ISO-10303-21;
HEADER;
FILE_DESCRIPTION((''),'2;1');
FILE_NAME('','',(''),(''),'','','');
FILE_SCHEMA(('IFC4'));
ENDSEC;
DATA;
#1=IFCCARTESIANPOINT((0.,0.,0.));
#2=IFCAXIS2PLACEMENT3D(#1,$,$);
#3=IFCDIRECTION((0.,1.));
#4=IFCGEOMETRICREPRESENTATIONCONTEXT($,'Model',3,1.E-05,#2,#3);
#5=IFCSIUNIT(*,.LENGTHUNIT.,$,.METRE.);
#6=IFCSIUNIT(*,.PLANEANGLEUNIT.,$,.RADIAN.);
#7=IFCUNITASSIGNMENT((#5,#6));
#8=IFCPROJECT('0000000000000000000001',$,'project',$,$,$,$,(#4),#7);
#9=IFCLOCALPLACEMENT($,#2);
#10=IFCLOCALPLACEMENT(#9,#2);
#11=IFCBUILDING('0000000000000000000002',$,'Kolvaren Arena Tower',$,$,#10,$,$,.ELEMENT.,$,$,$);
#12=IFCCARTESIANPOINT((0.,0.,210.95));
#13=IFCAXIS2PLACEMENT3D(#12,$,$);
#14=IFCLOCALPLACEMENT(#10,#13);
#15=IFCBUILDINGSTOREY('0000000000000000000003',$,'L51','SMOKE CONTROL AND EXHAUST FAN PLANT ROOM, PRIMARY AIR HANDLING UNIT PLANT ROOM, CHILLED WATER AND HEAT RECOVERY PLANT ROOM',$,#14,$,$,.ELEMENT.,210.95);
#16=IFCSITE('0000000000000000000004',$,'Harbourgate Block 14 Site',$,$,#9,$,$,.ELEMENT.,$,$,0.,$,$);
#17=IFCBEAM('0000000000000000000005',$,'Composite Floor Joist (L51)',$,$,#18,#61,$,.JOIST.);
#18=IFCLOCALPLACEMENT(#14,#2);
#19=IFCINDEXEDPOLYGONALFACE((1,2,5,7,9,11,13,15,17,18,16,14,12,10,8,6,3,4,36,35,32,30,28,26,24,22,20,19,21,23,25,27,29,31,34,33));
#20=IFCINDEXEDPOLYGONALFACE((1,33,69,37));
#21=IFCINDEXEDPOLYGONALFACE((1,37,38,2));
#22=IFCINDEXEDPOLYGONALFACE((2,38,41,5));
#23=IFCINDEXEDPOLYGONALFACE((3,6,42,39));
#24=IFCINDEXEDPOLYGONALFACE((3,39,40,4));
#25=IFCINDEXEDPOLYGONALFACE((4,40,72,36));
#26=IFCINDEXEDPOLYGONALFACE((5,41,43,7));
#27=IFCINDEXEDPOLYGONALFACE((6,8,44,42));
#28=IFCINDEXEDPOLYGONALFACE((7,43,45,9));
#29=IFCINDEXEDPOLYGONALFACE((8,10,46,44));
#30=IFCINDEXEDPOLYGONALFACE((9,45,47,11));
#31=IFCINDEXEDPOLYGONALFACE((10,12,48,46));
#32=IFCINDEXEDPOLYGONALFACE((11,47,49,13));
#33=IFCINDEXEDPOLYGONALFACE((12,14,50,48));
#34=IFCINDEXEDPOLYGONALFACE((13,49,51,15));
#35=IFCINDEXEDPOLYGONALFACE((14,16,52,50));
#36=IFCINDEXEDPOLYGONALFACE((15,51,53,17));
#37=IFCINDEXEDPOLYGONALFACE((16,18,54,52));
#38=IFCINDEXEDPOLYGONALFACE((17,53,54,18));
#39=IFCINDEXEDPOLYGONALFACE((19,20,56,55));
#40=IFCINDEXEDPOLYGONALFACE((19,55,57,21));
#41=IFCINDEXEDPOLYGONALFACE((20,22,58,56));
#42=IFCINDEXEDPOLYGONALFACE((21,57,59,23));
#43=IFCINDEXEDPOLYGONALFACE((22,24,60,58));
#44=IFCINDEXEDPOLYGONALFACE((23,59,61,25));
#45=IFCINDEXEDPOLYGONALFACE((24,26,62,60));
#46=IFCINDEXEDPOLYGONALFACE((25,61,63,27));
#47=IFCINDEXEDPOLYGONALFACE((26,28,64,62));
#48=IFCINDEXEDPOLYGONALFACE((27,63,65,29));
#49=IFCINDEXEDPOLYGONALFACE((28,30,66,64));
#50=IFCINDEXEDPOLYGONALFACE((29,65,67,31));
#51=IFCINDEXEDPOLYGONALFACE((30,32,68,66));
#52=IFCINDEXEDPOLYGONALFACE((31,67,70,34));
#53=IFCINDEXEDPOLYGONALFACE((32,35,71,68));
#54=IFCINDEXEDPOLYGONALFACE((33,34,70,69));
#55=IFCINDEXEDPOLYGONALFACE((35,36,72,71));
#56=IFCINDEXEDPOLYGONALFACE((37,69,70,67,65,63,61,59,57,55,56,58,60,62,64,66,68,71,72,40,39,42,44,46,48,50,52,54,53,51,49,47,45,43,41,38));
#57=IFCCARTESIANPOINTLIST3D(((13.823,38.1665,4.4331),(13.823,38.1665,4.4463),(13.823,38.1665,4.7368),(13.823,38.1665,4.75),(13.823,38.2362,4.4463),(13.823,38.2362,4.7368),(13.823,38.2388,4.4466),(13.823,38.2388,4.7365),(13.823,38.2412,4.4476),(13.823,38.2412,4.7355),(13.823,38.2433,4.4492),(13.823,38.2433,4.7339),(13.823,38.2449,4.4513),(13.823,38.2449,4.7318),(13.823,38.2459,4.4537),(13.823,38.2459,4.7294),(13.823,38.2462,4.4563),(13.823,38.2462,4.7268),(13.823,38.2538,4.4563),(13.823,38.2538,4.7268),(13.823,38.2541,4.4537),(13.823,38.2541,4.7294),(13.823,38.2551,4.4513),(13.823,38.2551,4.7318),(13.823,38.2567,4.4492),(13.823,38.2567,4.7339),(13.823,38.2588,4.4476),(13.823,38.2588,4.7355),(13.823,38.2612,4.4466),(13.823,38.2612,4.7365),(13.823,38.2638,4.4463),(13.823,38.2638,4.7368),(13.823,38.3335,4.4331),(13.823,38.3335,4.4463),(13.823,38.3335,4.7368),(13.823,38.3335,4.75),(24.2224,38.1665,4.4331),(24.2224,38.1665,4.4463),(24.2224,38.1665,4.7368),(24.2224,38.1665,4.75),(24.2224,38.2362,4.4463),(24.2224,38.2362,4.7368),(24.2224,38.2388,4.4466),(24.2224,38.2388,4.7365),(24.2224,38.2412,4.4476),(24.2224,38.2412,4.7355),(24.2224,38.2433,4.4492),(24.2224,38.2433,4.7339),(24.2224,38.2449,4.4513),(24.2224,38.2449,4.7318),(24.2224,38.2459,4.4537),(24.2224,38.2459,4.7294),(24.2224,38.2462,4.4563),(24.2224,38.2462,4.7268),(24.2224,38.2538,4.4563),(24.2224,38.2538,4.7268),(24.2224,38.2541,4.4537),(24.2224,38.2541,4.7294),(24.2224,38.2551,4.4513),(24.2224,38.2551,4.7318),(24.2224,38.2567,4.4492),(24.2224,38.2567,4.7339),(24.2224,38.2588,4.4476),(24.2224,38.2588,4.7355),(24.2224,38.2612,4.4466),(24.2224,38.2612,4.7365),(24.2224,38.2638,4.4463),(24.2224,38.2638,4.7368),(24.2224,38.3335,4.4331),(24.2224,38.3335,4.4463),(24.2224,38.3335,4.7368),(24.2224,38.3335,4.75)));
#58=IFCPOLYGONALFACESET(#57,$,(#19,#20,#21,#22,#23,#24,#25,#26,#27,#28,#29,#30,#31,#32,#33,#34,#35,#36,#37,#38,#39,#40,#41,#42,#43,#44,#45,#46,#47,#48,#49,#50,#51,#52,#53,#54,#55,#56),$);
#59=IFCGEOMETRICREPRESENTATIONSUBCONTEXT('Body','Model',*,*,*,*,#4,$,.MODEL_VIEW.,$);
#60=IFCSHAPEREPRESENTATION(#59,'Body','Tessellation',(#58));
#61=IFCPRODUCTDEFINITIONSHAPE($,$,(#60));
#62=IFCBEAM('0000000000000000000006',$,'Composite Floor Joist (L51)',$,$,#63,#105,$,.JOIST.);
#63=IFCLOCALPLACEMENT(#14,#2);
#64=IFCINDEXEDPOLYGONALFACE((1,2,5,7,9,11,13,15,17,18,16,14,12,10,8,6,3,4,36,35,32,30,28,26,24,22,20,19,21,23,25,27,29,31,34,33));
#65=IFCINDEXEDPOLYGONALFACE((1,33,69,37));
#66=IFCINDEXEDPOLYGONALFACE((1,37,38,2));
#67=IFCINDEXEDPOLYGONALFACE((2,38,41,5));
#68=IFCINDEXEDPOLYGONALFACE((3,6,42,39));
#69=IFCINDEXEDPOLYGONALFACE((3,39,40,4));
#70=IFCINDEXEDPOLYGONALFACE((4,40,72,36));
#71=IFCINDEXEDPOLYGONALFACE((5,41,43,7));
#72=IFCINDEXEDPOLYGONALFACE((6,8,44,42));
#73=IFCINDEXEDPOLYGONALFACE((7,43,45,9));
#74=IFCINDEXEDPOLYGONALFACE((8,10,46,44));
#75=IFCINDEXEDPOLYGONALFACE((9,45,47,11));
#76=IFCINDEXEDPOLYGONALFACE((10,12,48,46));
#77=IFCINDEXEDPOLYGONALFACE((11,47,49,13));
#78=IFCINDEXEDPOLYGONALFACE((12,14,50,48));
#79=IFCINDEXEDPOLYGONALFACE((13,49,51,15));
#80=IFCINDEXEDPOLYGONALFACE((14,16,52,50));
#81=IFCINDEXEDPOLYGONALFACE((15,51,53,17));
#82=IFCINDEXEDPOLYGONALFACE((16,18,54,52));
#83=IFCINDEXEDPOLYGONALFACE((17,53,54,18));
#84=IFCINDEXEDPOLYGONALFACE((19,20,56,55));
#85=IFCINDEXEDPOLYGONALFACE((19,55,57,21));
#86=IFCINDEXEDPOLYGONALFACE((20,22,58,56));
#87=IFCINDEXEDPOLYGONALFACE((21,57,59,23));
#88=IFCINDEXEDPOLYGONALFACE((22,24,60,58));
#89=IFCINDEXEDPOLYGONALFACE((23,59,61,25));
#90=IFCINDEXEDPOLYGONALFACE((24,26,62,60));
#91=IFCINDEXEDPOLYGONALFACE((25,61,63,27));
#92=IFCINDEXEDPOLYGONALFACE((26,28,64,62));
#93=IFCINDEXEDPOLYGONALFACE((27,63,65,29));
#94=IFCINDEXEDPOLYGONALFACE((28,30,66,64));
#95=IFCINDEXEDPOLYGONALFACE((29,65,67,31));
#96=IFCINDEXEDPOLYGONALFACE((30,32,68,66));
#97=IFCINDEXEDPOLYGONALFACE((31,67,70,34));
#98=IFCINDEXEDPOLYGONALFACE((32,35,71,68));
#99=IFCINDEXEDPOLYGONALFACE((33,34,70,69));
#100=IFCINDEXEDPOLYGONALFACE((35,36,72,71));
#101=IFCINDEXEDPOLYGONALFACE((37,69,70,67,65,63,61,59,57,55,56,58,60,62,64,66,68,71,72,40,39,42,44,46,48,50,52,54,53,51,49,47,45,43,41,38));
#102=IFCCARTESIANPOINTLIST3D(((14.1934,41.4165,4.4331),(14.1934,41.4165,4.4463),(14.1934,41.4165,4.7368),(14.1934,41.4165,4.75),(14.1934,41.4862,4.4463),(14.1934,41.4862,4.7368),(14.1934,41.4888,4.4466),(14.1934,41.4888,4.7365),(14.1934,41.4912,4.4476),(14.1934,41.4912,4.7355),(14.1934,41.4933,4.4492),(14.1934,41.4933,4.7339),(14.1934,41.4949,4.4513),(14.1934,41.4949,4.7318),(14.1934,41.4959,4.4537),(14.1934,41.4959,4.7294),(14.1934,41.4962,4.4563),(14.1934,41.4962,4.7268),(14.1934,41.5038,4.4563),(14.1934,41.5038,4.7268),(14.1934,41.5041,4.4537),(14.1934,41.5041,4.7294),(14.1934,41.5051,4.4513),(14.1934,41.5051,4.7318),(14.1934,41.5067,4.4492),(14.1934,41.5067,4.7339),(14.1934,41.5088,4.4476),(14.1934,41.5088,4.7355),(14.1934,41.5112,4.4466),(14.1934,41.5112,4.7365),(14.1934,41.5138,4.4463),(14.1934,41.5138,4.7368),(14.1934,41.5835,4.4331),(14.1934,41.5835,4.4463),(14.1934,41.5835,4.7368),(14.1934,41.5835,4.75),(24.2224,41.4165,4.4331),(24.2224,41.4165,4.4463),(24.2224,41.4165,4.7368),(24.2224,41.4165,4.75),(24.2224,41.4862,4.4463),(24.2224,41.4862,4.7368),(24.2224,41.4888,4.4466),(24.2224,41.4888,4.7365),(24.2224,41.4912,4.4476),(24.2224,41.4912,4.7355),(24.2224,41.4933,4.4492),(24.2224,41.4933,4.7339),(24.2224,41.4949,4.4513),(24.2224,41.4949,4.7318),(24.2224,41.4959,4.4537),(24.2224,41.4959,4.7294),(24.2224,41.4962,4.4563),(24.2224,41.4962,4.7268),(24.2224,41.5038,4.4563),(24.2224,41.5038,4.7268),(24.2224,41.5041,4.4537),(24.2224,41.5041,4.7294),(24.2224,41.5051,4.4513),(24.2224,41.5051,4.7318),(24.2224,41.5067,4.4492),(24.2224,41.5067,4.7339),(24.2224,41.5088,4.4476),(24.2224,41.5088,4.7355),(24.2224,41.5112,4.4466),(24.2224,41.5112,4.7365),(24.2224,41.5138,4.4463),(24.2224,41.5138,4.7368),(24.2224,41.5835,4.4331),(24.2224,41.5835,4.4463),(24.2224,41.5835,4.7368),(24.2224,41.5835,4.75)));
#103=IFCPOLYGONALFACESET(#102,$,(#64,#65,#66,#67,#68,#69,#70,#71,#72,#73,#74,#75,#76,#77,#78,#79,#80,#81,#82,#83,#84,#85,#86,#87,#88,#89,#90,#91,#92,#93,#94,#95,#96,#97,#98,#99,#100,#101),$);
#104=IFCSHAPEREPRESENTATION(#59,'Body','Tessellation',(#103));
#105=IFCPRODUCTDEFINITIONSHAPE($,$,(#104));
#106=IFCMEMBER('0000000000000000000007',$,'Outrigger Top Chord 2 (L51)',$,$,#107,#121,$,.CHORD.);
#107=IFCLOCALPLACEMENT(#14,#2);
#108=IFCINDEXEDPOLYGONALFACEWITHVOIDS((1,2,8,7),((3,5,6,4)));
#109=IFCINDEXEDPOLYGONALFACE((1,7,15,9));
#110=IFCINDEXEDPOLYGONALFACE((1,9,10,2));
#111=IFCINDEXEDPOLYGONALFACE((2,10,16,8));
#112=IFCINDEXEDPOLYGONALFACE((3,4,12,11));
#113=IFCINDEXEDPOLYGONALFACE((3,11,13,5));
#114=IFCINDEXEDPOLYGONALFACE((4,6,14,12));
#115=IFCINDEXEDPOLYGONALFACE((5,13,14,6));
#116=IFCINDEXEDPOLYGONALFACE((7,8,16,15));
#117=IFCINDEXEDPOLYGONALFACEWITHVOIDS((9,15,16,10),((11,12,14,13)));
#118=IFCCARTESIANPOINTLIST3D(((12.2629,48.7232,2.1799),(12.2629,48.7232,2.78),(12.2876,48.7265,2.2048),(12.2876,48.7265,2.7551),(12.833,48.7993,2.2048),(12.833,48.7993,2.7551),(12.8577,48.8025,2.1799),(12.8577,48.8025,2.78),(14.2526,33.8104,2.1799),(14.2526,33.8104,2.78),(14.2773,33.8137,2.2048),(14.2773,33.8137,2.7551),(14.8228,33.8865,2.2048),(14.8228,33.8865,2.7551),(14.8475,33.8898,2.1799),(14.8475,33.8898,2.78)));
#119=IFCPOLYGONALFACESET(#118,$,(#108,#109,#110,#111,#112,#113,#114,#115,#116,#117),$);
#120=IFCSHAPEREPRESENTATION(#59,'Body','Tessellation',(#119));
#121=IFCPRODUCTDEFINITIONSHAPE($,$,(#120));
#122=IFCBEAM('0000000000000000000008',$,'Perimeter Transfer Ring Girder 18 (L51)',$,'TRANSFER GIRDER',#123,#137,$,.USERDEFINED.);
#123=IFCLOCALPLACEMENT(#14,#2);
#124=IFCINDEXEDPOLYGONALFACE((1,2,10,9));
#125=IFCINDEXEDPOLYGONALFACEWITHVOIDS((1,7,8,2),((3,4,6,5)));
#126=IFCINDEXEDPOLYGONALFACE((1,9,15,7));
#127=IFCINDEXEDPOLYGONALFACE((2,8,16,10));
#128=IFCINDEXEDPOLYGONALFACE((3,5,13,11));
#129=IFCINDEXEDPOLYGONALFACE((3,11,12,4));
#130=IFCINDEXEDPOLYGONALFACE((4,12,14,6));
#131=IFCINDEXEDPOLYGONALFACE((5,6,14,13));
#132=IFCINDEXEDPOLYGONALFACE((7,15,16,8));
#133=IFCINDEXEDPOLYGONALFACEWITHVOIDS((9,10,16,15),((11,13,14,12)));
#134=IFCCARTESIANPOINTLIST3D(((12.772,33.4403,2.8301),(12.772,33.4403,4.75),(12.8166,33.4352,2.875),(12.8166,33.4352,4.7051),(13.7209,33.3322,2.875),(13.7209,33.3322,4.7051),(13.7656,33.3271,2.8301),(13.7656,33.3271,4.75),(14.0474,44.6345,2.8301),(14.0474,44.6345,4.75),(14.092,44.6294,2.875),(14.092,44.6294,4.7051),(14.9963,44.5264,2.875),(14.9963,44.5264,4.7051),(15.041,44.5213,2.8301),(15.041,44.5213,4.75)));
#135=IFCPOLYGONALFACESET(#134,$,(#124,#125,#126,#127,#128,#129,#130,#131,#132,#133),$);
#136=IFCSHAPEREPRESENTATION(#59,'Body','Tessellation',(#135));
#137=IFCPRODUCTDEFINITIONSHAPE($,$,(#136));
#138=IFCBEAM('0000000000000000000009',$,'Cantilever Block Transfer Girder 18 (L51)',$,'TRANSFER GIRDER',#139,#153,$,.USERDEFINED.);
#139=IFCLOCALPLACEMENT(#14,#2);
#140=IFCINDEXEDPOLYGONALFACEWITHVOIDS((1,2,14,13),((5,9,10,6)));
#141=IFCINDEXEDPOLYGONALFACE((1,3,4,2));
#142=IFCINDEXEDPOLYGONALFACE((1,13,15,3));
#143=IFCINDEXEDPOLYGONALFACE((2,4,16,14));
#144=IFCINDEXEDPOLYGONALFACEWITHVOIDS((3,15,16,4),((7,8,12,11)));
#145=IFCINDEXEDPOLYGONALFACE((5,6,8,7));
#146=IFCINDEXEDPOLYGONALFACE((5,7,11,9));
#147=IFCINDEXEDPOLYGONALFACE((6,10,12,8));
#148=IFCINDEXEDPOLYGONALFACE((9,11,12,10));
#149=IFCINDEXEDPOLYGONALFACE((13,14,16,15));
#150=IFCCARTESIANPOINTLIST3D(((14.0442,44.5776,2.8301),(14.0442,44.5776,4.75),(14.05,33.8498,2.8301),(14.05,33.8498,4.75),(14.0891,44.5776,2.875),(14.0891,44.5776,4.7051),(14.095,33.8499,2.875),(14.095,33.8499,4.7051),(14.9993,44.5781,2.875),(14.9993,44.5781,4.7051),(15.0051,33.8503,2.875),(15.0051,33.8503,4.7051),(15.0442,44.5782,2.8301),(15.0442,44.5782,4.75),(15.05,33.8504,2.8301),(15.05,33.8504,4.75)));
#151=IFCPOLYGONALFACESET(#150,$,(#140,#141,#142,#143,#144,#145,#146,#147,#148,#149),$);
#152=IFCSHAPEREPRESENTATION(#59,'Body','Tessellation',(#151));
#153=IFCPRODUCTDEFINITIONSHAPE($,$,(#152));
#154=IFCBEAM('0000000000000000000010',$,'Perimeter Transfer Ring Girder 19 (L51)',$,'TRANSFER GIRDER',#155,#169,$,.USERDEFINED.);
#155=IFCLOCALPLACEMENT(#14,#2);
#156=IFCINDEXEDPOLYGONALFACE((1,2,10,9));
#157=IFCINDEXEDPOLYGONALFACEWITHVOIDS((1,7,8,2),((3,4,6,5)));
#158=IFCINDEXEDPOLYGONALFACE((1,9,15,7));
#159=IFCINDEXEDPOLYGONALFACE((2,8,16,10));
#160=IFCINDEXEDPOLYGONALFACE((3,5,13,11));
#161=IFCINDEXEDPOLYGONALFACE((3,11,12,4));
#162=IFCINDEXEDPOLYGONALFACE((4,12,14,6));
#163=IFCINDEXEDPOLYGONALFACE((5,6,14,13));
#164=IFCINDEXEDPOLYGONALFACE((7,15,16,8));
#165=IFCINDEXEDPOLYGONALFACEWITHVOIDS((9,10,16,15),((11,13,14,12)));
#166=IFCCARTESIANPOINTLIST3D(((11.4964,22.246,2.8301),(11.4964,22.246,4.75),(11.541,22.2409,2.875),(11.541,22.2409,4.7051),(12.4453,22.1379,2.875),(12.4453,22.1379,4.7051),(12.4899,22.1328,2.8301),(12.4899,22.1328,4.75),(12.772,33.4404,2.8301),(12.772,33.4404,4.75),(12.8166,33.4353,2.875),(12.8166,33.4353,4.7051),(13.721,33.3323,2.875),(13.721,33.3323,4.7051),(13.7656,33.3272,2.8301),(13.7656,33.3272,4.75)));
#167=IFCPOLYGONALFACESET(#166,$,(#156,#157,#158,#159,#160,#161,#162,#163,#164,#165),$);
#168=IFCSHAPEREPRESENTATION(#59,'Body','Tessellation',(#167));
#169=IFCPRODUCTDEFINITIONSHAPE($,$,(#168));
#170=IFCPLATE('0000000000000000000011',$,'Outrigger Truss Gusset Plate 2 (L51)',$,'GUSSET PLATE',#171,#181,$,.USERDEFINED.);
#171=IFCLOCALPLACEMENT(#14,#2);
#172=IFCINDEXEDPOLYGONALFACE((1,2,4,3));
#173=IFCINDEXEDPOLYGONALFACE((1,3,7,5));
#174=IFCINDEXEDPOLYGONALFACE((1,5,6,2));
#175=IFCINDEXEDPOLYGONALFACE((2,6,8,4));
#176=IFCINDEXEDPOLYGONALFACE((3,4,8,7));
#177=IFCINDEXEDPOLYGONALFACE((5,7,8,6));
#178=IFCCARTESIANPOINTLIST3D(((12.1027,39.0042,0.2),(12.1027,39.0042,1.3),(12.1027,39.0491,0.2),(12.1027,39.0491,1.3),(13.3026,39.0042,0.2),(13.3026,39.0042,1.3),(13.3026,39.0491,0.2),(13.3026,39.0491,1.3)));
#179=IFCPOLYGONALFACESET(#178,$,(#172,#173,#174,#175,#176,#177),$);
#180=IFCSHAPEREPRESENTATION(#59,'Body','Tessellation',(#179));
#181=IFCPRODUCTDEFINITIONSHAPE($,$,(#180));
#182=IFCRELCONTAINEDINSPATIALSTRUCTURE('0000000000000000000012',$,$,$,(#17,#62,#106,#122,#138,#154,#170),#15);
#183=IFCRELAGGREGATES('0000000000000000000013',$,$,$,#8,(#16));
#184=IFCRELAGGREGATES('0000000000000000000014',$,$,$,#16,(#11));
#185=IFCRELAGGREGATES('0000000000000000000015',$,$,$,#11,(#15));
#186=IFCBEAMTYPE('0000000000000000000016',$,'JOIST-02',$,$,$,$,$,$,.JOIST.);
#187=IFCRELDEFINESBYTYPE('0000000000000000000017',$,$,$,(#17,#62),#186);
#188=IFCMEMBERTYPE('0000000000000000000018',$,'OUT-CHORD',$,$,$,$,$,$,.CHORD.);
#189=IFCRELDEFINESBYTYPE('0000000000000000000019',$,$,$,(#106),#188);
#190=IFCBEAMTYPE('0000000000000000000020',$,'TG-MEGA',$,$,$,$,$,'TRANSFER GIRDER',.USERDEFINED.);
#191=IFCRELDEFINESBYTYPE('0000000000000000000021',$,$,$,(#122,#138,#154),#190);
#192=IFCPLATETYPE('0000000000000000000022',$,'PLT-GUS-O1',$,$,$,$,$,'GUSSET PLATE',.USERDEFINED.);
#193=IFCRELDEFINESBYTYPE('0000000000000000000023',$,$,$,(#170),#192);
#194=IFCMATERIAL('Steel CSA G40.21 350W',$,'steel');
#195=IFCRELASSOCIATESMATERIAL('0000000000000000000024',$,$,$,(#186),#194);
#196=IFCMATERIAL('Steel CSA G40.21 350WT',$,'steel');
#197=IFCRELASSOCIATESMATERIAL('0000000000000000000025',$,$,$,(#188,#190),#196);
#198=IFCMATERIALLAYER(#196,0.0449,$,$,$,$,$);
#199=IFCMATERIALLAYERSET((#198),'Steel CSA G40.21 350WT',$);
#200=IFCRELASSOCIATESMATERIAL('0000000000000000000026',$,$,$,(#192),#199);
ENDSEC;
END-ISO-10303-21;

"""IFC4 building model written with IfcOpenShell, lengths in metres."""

from ifc_helpers import new_model, si_unit, direction, frame, origin, origin_2d, place, context, subcontext, project, spatial, rectangle, hollow_rectangle, i_section, extrude, material, layer, layer_set, material_profile, profile_set, type_object, element, save


model = new_model("IFC4")

# Units and contexts
model_context = context("Model", 3, precision=1e-05, world=origin(), true_north=direction((0.0, 1.0)))
body_context = subcontext(model_context, "Body", "Model", "MODEL_VIEW")
ifc_project = project(units=[si_unit("LENGTHUNIT", "METRE"), si_unit("PLANEANGLEUNIT", "RADIAN")], contexts=[model_context])

# Site, building, storey
site_placement = place(None, origin())
site = spatial("IfcSite", under=ifc_project, at=site_placement, Name="Harbourgate Block 14 Site", CompositionType="ELEMENT", RefElevation=0.0)
building_placement = place(site_placement, origin())
building = spatial("IfcBuilding", under=site, at=building_placement, Name="Kolvaren Arena Tower", CompositionType="ELEMENT")
storey_placement = place(building_placement, frame((0.0, 0.0, 210.95)))
storey = spatial("IfcBuildingStorey", under=building, at=storey_placement, Name="L51", Description="SMOKE CONTROL AND EXHAUST FAN PLANT ROOM, PRIMARY AIR HANDLING UNIT PLANT ROOM, CHILLED WATER AND HEAT RECOVERY PLANT ROOM", CompositionType="ELEMENT", Elevation=210.95)

# Shared definitions
ifc_material_1 = material(Name="Steel CSA G40.21 350WT", Category="steel")

# Beams
ifc_material_2 = material(Name="Steel CSA G40.21 350W", Category="steel")
ifc_material_profile_1 = material_profile(ifc_material_2, i_section(OverallWidth=0.167, OverallDepth=0.3169, WebThickness=0.0076, FlangeThickness=0.0132, FilletRadius=0.01, at=origin_2d()), Name="W310x52")
ifc_profile_set_1 = profile_set([ifc_material_profile_1], Name="Steel CSA G40.21 350W")
beam_type_1 = type_object("IfcBeamType", Name="JOIST-02", PredefinedType="JOIST", material=ifc_profile_set_1)
beam_1_placement = place(storey_placement, frame((13.823, 38.25, 4.5916), z_axis=(1.0, 0.0, 0.0), x_axis=(0.0, 1.0, 0.0)))
element("IfcBeam", 1, at=beam_1_placement, inside=storey, type_object=beam_type_1, Name="Composite Floor Joist (L51)", PredefinedType="JOIST", context=body_context, shape_type="SweptSolid", body=[
    extrude(i_section(OverallWidth=0.167, OverallDepth=0.3169, WebThickness=0.0076, FlangeThickness=0.0132, FilletRadius=0.01, at=origin_2d()), origin(), (0.0, 0.0, 1.0), 10.3994),
])
beam_2_placement = place(storey_placement, frame((14.1934, 41.5, 4.5916), z_axis=(1.0, 0.0, 0.0), x_axis=(0.0, 1.0, 0.0)))
element("IfcBeam", 2, at=beam_2_placement, inside=storey, type_object=beam_type_1, Name="Composite Floor Joist (L51)", PredefinedType="JOIST", context=body_context, shape_type="SweptSolid", body=[
    extrude(i_section(OverallWidth=0.167, OverallDepth=0.3169, WebThickness=0.0076, FlangeThickness=0.0132, FilletRadius=0.01, at=origin_2d()), origin(), (0.0, 0.0, 1.0), 10.0291),
])

# Member
ifc_material_profile_2 = material_profile(ifc_material_1, hollow_rectangle(XDim=0.6001, YDim=0.6001, WallThickness=0.0249, at=origin_2d()), Name="HSS 600x600x25")
ifc_profile_set_2 = profile_set([ifc_material_profile_2], Name="Steel CSA G40.21 350WT")
member_type_1 = type_object("IfcMemberType", Name="OUT-CHORD", PredefinedType="CHORD", material=ifc_profile_set_2)
member_1_placement = place(storey_placement, frame((14.55, 33.8501, 2.48), z_axis=(-0.132253, 0.991216, 0.0), x_axis=(-0.991216, -0.132253, 0.0)))
element("IfcMember", 3, at=member_1_placement, inside=storey, type_object=member_type_1, Name="Outrigger Top Chord 2 (L51)", PredefinedType="CHORD", context=body_context, shape_type="SweptSolid", body=[
    extrude(hollow_rectangle(XDim=0.6001, YDim=0.6001, WallThickness=0.0249, at=origin_2d()), origin(), (0.0, 0.0, 1.0), 15.0449),
])

# Beams
ifc_material_profile_3 = material_profile(ifc_material_1, hollow_rectangle(XDim=1.0, YDim=1.9199, WallThickness=0.0449, at=origin_2d()), Name="BOX 1000x1920x45")
ifc_profile_set_3 = profile_set([ifc_material_profile_3], Name="Steel CSA G40.21 350WT")
beam_type_2 = type_object("IfcBeamType", Name="TG-MEGA", ElementType="TRANSFER GIRDER", PredefinedType="USERDEFINED", material=ifc_profile_set_3)
beam_3_placement = place(storey_placement, frame((14.5442, 44.5779, 3.79), z_axis=(-0.113202, -0.993572, 0.0), x_axis=(0.993572, -0.113202, 0.0)))
element("IfcBeam", 4, at=beam_3_placement, inside=storey, type_object=beam_type_2, Name="Perimeter Transfer Ring Girder 18 (L51)", ObjectType="TRANSFER GIRDER", PredefinedType="USERDEFINED", context=body_context, shape_type="SweptSolid", body=[
    extrude(hollow_rectangle(XDim=1.0, YDim=1.9199, WallThickness=0.0449, at=origin_2d()), origin(), (0.0, 0.0, 1.0), 11.2666),
])
beam_4_placement = place(storey_placement, frame((14.5442, 44.5779, 3.79), z_axis=(0.000546, -1.0, 0.0), x_axis=(1.0, 0.000546, 0.0)))
element("IfcBeam", 5, at=beam_4_placement, inside=storey, type_object=beam_type_2, Name="Cantilever Block Transfer Girder 18 (L51)", ObjectType="TRANSFER GIRDER", PredefinedType="USERDEFINED", context=body_context, shape_type="SweptSolid", body=[
    extrude(hollow_rectangle(XDim=1.0, YDim=1.9199, WallThickness=0.0449, at=origin_2d()), origin(), (0.0, 0.0, 1.0), 10.7278),
])
beam_5_placement = place(storey_placement, frame((13.2688, 33.3838, 3.79), z_axis=(-0.113221, -0.99357, 0.0), x_axis=(0.99357, -0.113221, 0.0)))
element("IfcBeam", 6, at=beam_5_placement, inside=storey, type_object=beam_type_2, Name="Perimeter Transfer Ring Girder 19 (L51)", ObjectType="TRANSFER GIRDER", PredefinedType="USERDEFINED", context=body_context, shape_type="SweptSolid", body=[
    extrude(hollow_rectangle(XDim=1.0, YDim=1.9199, WallThickness=0.0449, at=origin_2d()), origin(), (0.0, 0.0, 1.0), 11.2668),
])

# Plate
ifc_layer_1 = layer(ifc_material_1, 0.0449)
ifc_layer_set_1 = layer_set([ifc_layer_1], Name="Steel CSA G40.21 350WT")
plate_type = type_object("IfcPlateType", Name="PLT-GUS-O1", ElementType="GUSSET PLATE", PredefinedType="USERDEFINED", material=ifc_layer_set_1)
plate_placement = place(storey_placement, frame((12.7026, 39.0266, 0.2), z_axis=(0.0, 0.0, 1.0), x_axis=(1.0, 0.0, 0.0)))
element("IfcPlate", 7, at=plate_placement, inside=storey, type_object=plate_type, Name="Outrigger Truss Gusset Plate 2 (L51)", ObjectType="GUSSET PLATE", PredefinedType="USERDEFINED", context=body_context, shape_type="SweptSolid", body=[
    extrude(rectangle(XDim=1.2, YDim=0.0449, at=origin_2d()), origin(), (0.0, 0.0, 1.0), 1.1001),
])

save(model, "model.ifc")
